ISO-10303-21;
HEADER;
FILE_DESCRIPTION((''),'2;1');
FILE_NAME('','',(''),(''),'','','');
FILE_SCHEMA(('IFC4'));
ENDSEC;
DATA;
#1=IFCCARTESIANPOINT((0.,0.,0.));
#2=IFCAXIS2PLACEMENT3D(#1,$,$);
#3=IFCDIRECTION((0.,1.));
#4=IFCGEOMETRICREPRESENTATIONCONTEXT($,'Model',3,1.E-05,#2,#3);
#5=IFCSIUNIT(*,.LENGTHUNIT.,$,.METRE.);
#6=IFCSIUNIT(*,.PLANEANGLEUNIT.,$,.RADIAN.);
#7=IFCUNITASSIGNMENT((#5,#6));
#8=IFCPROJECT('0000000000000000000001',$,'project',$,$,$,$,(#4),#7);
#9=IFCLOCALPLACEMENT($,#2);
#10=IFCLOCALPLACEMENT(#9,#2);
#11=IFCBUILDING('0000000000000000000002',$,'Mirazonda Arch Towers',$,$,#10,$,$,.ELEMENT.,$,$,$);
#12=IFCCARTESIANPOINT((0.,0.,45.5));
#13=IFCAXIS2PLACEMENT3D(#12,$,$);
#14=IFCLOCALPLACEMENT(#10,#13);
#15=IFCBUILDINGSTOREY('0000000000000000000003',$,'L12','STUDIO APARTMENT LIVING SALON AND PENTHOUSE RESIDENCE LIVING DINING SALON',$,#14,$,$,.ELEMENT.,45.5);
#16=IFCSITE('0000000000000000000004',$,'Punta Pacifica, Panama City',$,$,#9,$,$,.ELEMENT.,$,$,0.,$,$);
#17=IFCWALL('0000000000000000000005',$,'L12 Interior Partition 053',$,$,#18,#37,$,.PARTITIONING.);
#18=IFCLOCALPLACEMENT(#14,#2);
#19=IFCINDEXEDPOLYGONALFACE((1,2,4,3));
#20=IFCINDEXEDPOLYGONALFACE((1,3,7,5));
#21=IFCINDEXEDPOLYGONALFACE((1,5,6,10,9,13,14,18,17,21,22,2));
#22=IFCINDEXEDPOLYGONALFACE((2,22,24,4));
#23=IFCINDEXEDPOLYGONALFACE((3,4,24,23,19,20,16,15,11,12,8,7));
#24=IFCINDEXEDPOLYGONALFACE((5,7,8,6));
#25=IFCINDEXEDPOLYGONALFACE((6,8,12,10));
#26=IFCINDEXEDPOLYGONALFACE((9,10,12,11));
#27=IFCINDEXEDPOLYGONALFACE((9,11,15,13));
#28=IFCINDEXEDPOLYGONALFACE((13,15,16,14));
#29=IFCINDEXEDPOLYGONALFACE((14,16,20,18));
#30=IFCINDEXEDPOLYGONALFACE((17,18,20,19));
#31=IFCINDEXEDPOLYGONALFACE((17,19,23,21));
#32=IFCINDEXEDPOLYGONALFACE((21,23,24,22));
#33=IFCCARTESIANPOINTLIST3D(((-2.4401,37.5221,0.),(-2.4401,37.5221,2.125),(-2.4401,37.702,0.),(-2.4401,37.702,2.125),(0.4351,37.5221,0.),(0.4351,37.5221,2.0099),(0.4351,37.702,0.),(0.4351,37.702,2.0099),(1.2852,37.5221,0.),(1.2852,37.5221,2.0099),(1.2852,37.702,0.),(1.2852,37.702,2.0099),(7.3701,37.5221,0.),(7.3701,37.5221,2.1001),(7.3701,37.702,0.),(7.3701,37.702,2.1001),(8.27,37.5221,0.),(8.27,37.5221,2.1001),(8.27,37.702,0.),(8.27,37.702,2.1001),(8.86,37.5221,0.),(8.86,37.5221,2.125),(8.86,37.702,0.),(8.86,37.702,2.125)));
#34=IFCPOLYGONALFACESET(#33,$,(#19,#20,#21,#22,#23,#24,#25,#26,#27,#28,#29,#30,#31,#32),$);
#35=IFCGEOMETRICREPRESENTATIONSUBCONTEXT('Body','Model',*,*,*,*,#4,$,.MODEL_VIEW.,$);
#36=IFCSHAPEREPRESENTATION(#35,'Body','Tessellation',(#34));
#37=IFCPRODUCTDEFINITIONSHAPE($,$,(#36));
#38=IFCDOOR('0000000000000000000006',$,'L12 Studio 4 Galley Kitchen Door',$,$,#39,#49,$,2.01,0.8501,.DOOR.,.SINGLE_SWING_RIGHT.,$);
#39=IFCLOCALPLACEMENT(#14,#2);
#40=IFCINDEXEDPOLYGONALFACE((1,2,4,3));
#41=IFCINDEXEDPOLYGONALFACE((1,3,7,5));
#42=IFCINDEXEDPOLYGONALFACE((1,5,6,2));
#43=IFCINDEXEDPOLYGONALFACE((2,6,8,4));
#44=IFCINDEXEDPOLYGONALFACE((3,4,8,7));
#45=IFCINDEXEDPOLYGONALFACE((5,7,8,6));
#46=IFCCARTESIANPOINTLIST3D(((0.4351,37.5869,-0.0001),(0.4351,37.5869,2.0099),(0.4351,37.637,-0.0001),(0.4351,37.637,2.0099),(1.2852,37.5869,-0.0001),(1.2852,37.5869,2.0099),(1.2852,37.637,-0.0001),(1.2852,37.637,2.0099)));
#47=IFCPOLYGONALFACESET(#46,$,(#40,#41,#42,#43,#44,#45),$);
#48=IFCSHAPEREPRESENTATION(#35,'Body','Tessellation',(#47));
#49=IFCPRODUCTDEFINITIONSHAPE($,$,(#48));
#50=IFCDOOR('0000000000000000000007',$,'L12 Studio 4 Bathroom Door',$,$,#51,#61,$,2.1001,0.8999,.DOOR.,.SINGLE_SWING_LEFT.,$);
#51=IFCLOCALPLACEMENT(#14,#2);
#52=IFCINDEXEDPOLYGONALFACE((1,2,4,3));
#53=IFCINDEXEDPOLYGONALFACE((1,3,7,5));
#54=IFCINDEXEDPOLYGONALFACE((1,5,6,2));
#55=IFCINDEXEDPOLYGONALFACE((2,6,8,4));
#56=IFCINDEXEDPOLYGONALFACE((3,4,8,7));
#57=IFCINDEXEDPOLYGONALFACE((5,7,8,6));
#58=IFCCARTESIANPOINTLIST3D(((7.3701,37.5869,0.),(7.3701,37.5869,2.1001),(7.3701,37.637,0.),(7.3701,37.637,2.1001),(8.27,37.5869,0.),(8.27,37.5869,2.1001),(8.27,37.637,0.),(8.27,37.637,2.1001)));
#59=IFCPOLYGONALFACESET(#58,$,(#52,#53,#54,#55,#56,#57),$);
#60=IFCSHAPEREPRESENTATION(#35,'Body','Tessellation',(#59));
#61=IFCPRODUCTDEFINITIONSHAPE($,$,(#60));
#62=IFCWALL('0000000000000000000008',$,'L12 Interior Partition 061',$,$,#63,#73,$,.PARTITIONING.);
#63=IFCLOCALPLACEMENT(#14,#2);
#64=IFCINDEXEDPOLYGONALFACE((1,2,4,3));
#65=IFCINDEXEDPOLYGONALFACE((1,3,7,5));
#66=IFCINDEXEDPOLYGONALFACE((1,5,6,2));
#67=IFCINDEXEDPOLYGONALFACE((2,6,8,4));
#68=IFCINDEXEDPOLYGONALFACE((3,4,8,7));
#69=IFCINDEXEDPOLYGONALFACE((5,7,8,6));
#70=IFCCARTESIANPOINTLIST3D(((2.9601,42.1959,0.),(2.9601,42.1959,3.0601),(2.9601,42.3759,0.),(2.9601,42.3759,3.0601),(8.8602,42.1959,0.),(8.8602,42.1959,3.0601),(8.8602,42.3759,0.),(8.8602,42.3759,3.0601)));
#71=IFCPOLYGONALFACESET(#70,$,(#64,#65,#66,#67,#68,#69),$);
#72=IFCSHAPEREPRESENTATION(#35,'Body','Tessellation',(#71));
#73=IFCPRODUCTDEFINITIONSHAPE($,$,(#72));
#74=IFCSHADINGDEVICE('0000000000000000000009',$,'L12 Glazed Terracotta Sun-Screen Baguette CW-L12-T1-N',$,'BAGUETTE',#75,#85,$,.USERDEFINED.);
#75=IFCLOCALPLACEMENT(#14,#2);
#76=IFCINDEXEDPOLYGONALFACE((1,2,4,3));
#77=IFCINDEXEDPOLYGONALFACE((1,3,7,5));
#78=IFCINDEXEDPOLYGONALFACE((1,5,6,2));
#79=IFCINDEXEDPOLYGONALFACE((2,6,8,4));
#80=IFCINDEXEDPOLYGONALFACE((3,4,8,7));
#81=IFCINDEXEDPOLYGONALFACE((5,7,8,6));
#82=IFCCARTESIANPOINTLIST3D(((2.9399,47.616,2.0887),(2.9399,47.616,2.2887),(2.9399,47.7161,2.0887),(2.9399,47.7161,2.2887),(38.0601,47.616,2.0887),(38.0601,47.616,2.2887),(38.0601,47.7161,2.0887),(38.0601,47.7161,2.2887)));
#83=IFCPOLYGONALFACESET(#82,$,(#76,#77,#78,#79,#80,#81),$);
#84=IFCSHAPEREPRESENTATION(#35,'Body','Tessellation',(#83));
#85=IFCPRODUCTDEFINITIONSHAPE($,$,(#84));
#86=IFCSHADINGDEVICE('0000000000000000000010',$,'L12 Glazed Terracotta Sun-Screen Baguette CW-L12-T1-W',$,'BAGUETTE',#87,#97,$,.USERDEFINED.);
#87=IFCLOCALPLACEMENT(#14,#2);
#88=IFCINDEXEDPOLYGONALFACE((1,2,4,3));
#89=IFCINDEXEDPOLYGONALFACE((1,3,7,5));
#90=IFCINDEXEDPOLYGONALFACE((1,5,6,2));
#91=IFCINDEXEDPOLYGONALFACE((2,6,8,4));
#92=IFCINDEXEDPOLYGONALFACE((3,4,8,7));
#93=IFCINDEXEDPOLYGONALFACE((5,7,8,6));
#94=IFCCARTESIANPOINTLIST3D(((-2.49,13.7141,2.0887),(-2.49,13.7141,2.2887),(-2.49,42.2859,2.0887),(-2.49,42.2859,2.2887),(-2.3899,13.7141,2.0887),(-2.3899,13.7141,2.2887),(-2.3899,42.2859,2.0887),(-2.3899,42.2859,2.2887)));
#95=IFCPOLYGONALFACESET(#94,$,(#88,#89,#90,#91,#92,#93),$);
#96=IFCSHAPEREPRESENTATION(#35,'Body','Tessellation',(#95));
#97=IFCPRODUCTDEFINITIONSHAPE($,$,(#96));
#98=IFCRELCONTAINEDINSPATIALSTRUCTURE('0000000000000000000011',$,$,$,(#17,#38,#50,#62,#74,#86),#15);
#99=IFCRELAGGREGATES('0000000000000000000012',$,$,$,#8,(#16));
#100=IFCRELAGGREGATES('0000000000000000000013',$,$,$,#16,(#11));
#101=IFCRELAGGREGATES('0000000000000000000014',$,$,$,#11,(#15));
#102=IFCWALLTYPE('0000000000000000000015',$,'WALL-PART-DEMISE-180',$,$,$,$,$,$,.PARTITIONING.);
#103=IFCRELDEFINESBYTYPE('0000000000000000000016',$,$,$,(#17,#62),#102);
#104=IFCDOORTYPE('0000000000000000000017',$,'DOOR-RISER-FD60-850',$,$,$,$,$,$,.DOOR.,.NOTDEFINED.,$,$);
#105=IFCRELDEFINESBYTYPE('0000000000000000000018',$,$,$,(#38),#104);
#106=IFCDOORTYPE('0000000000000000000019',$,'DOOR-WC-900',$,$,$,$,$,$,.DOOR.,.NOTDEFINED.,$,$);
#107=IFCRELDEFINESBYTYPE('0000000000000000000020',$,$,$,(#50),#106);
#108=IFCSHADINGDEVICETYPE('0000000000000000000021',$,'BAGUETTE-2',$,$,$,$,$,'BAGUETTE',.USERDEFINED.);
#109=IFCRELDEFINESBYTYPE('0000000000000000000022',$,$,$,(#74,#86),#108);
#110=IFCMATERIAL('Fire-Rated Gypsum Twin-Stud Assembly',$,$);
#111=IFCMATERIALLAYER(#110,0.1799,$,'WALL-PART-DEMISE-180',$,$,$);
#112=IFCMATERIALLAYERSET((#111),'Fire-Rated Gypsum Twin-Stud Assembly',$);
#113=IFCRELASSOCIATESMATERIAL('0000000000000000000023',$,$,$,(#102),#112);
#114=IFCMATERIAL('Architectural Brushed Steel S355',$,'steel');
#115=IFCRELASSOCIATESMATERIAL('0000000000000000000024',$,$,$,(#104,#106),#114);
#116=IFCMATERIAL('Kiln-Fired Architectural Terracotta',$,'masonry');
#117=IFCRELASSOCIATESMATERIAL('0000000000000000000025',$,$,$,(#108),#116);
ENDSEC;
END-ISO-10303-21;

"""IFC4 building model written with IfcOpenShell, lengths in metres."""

from ifc_helpers import new_model, si_unit, direction, frame, frame_2d, origin, origin_2d, place, context, subcontext, project, spatial, rectangle, extrude, material, layer, layer_set, material_profile, profile_set, type_object, element, fill, save


model = new_model("IFC4")

# Units and contexts
model_context = context("Model", 3, precision=1e-05, world=origin(), true_north=direction((0.0, 1.0)))
body_context = subcontext(model_context, "Body", "Model", "MODEL_VIEW")
ifc_project = project(units=[si_unit("LENGTHUNIT", "METRE"), si_unit("PLANEANGLEUNIT", "RADIAN")], contexts=[model_context])

# Site, building, storey
site_placement = place(None, origin())
site = spatial("IfcSite", under=ifc_project, at=site_placement, Name="Punta Pacifica, Panama City", CompositionType="ELEMENT", RefElevation=0.0)
building_placement = place(site_placement, origin())
building = spatial("IfcBuilding", under=site, at=building_placement, Name="Mirazonda Arch Towers", CompositionType="ELEMENT")
storey_placement = place(building_placement, frame((0.0, 0.0, 45.5)))
storey = spatial("IfcBuildingStorey", under=building, at=storey_placement, Name="L12", Description="STUDIO APARTMENT LIVING SALON AND PENTHOUSE RESIDENCE LIVING DINING SALON", CompositionType="ELEMENT", Elevation=45.5)

# Wall, openings, doors
ifc_material_1 = material(Name="Fire-Rated Gypsum Twin-Stud Assembly")
ifc_layer_1 = layer(ifc_material_1, 0.1799, Name="WALL-PART-DEMISE-180")
ifc_layer_set_1 = layer_set([ifc_layer_1], Name="Fire-Rated Gypsum Twin-Stud Assembly")
wall_type_1 = type_object("IfcWallType", Name="WALL-PART-DEMISE-180", PredefinedType="PARTITIONING", material=ifc_layer_set_1)
wall_1_placement = place(storey_placement, frame((-2.4399, 37.6121, 0.0), z_axis=(0.0, 0.0, 1.0), x_axis=(1.0, 0.0, 0.0)))
wall_1 = element("IfcWall", 1, at=wall_1_placement, inside=storey, type_object=wall_type_1, Name="L12 Interior Partition 053", PredefinedType="PARTITIONING", context=body_context, shape_type="SweptSolid", body=[
    extrude(rectangle(XDim=11.3, YDim=0.1799, at=frame_2d((5.6499, 0.0))), origin(), (0.0, 0.0, 1.0), 2.125),
])
opening_1_placement = place(wall_1_placement, frame((2.875, 0.0, 0.0)))
opening_1 = element("IfcOpeningElement", 2, at=opening_1_placement, cuts=wall_1, PredefinedType="OPENING", context=body_context, shape_type="SweptSolid", body=[
    extrude(rectangle(XDim=0.8501, YDim=2.01, at=frame_2d((0.425, 1.0049))), frame((0.0, 0.0999, 0.0), z_axis=(0.0, -1.0, 0.0), x_axis=(1.0, 0.0, 0.0)), (0.0, 0.0, 1.0), 0.2),
])
opening_2_placement = place(wall_1_placement, frame((9.8101, 0.0, 0.0)))
opening_2 = element("IfcOpeningElement", 3, at=opening_2_placement, cuts=wall_1, PredefinedType="OPENING", context=body_context, shape_type="SweptSolid", body=[
    extrude(rectangle(XDim=0.8999, YDim=2.1001, at=frame_2d((0.45, 1.05))), frame((0.0, 0.0999, 0.0), z_axis=(0.0, -1.0, 0.0), x_axis=(1.0, 0.0, 0.0)), (0.0, 0.0, 1.0), 0.2),
])
ifc_material_2 = material(Name="Architectural Brushed Steel S355", Category="steel")
door_type_1 = type_object("IfcDoorType", Name="DOOR-RISER-FD60-850", OperationType="NOTDEFINED", PredefinedType="DOOR", material=ifc_material_2)
door_1_placement = place(opening_1_placement, origin())
door_1 = element("IfcDoor", 4, at=door_1_placement, inside=storey, type_object=door_type_1, Name="L12 Studio 4 Galley Kitchen Door", OperationType="SINGLE_SWING_RIGHT", OverallHeight=2.01, OverallWidth=0.8501, PredefinedType="DOOR", context=body_context, shape_type="SweptSolid", body=[
    extrude(rectangle(XDim=0.8501, YDim=2.01, at=frame_2d((0.425, 1.0049))), frame((0.0, 0.0249, 0.0), z_axis=(0.0, -1.0, 0.0), x_axis=(1.0, 0.0, 0.0)), (0.0, 0.0, 1.0), 0.05),
])
fill(opening_1, door_1)
door_type_2 = type_object("IfcDoorType", Name="DOOR-WC-900", OperationType="NOTDEFINED", PredefinedType="DOOR", material=ifc_material_2)
door_2_placement = place(opening_2_placement, origin())
door_2 = element("IfcDoor", 5, at=door_2_placement, inside=storey, type_object=door_type_2, Name="L12 Studio 4 Bathroom Door", OperationType="SINGLE_SWING_LEFT", OverallHeight=2.1001, OverallWidth=0.8999, PredefinedType="DOOR", context=body_context, shape_type="SweptSolid", body=[
    extrude(rectangle(XDim=0.8999, YDim=2.1001, at=frame_2d((0.45, 1.05))), frame((0.0, 0.0249, 0.0), z_axis=(0.0, -1.0, 0.0), x_axis=(1.0, 0.0, 0.0)), (0.0, 0.0, 1.0), 0.05),
])
fill(opening_2, door_2)

# Wall
wall_2_placement = place(storey_placement, frame((2.96, 42.2859, 0.0), z_axis=(0.0, 0.0, 1.0), x_axis=(1.0, 0.0, 0.0)))
element("IfcWall", 6, at=wall_2_placement, inside=storey, type_object=wall_type_1, Name="L12 Interior Partition 061", PredefinedType="PARTITIONING", context=body_context, shape_type="SweptSolid", body=[
    extrude(rectangle(XDim=5.9001, YDim=0.1799, at=frame_2d((2.9502, 0.0))), origin(), (0.0, 0.0, 1.0), 3.0601),
])

# Shading devices
ifc_material_3 = material(Name="Kiln-Fired Architectural Terracotta", Category="masonry")
ifc_material_profile_1 = material_profile(ifc_material_3, rectangle(XDim=0.1001, YDim=0.2, at=origin_2d()), Name="TERRA-BAG-100x200")
ifc_profile_set_1 = profile_set([ifc_material_profile_1], Name="Kiln-Fired Architectural Terracotta")
shading_device_type = type_object("IfcShadingDeviceType", Name="BAGUETTE-2", ElementType="BAGUETTE", PredefinedType="USERDEFINED", material=ifc_profile_set_1)
shading_device_1_placement = place(storey_placement, frame((2.9399, 47.666, 2.1887), z_axis=(1.0, 0.0, 0.0), x_axis=(0.0, 1.0, 0.0)))
element("IfcShadingDevice", 7, at=shading_device_1_placement, inside=storey, type_object=shading_device_type, Name="L12 Glazed Terracotta Sun-Screen Baguette CW-L12-T1-N", ObjectType="BAGUETTE", PredefinedType="USERDEFINED", context=body_context, shape_type="SweptSolid", body=[
    extrude(rectangle(XDim=0.1001, YDim=0.2, at=origin_2d()), origin(), (0.0, 0.0, 1.0), 35.1201),
])
shading_device_2_placement = place(storey_placement, frame((-2.4399, 42.2859, 2.1887), z_axis=(0.0, -1.0, 0.0), x_axis=(1.0, 0.0, 0.0)))
element("IfcShadingDevice", 8, at=shading_device_2_placement, inside=storey, type_object=shading_device_type, Name="L12 Glazed Terracotta Sun-Screen Baguette CW-L12-T1-W", ObjectType="BAGUETTE", PredefinedType="USERDEFINED", context=body_context, shape_type="SweptSolid", body=[
    extrude(rectangle(XDim=0.1001, YDim=0.2, at=origin_2d()), origin(), (0.0, 0.0, 1.0), 28.5718),
])

save(model, "model.ifc")
